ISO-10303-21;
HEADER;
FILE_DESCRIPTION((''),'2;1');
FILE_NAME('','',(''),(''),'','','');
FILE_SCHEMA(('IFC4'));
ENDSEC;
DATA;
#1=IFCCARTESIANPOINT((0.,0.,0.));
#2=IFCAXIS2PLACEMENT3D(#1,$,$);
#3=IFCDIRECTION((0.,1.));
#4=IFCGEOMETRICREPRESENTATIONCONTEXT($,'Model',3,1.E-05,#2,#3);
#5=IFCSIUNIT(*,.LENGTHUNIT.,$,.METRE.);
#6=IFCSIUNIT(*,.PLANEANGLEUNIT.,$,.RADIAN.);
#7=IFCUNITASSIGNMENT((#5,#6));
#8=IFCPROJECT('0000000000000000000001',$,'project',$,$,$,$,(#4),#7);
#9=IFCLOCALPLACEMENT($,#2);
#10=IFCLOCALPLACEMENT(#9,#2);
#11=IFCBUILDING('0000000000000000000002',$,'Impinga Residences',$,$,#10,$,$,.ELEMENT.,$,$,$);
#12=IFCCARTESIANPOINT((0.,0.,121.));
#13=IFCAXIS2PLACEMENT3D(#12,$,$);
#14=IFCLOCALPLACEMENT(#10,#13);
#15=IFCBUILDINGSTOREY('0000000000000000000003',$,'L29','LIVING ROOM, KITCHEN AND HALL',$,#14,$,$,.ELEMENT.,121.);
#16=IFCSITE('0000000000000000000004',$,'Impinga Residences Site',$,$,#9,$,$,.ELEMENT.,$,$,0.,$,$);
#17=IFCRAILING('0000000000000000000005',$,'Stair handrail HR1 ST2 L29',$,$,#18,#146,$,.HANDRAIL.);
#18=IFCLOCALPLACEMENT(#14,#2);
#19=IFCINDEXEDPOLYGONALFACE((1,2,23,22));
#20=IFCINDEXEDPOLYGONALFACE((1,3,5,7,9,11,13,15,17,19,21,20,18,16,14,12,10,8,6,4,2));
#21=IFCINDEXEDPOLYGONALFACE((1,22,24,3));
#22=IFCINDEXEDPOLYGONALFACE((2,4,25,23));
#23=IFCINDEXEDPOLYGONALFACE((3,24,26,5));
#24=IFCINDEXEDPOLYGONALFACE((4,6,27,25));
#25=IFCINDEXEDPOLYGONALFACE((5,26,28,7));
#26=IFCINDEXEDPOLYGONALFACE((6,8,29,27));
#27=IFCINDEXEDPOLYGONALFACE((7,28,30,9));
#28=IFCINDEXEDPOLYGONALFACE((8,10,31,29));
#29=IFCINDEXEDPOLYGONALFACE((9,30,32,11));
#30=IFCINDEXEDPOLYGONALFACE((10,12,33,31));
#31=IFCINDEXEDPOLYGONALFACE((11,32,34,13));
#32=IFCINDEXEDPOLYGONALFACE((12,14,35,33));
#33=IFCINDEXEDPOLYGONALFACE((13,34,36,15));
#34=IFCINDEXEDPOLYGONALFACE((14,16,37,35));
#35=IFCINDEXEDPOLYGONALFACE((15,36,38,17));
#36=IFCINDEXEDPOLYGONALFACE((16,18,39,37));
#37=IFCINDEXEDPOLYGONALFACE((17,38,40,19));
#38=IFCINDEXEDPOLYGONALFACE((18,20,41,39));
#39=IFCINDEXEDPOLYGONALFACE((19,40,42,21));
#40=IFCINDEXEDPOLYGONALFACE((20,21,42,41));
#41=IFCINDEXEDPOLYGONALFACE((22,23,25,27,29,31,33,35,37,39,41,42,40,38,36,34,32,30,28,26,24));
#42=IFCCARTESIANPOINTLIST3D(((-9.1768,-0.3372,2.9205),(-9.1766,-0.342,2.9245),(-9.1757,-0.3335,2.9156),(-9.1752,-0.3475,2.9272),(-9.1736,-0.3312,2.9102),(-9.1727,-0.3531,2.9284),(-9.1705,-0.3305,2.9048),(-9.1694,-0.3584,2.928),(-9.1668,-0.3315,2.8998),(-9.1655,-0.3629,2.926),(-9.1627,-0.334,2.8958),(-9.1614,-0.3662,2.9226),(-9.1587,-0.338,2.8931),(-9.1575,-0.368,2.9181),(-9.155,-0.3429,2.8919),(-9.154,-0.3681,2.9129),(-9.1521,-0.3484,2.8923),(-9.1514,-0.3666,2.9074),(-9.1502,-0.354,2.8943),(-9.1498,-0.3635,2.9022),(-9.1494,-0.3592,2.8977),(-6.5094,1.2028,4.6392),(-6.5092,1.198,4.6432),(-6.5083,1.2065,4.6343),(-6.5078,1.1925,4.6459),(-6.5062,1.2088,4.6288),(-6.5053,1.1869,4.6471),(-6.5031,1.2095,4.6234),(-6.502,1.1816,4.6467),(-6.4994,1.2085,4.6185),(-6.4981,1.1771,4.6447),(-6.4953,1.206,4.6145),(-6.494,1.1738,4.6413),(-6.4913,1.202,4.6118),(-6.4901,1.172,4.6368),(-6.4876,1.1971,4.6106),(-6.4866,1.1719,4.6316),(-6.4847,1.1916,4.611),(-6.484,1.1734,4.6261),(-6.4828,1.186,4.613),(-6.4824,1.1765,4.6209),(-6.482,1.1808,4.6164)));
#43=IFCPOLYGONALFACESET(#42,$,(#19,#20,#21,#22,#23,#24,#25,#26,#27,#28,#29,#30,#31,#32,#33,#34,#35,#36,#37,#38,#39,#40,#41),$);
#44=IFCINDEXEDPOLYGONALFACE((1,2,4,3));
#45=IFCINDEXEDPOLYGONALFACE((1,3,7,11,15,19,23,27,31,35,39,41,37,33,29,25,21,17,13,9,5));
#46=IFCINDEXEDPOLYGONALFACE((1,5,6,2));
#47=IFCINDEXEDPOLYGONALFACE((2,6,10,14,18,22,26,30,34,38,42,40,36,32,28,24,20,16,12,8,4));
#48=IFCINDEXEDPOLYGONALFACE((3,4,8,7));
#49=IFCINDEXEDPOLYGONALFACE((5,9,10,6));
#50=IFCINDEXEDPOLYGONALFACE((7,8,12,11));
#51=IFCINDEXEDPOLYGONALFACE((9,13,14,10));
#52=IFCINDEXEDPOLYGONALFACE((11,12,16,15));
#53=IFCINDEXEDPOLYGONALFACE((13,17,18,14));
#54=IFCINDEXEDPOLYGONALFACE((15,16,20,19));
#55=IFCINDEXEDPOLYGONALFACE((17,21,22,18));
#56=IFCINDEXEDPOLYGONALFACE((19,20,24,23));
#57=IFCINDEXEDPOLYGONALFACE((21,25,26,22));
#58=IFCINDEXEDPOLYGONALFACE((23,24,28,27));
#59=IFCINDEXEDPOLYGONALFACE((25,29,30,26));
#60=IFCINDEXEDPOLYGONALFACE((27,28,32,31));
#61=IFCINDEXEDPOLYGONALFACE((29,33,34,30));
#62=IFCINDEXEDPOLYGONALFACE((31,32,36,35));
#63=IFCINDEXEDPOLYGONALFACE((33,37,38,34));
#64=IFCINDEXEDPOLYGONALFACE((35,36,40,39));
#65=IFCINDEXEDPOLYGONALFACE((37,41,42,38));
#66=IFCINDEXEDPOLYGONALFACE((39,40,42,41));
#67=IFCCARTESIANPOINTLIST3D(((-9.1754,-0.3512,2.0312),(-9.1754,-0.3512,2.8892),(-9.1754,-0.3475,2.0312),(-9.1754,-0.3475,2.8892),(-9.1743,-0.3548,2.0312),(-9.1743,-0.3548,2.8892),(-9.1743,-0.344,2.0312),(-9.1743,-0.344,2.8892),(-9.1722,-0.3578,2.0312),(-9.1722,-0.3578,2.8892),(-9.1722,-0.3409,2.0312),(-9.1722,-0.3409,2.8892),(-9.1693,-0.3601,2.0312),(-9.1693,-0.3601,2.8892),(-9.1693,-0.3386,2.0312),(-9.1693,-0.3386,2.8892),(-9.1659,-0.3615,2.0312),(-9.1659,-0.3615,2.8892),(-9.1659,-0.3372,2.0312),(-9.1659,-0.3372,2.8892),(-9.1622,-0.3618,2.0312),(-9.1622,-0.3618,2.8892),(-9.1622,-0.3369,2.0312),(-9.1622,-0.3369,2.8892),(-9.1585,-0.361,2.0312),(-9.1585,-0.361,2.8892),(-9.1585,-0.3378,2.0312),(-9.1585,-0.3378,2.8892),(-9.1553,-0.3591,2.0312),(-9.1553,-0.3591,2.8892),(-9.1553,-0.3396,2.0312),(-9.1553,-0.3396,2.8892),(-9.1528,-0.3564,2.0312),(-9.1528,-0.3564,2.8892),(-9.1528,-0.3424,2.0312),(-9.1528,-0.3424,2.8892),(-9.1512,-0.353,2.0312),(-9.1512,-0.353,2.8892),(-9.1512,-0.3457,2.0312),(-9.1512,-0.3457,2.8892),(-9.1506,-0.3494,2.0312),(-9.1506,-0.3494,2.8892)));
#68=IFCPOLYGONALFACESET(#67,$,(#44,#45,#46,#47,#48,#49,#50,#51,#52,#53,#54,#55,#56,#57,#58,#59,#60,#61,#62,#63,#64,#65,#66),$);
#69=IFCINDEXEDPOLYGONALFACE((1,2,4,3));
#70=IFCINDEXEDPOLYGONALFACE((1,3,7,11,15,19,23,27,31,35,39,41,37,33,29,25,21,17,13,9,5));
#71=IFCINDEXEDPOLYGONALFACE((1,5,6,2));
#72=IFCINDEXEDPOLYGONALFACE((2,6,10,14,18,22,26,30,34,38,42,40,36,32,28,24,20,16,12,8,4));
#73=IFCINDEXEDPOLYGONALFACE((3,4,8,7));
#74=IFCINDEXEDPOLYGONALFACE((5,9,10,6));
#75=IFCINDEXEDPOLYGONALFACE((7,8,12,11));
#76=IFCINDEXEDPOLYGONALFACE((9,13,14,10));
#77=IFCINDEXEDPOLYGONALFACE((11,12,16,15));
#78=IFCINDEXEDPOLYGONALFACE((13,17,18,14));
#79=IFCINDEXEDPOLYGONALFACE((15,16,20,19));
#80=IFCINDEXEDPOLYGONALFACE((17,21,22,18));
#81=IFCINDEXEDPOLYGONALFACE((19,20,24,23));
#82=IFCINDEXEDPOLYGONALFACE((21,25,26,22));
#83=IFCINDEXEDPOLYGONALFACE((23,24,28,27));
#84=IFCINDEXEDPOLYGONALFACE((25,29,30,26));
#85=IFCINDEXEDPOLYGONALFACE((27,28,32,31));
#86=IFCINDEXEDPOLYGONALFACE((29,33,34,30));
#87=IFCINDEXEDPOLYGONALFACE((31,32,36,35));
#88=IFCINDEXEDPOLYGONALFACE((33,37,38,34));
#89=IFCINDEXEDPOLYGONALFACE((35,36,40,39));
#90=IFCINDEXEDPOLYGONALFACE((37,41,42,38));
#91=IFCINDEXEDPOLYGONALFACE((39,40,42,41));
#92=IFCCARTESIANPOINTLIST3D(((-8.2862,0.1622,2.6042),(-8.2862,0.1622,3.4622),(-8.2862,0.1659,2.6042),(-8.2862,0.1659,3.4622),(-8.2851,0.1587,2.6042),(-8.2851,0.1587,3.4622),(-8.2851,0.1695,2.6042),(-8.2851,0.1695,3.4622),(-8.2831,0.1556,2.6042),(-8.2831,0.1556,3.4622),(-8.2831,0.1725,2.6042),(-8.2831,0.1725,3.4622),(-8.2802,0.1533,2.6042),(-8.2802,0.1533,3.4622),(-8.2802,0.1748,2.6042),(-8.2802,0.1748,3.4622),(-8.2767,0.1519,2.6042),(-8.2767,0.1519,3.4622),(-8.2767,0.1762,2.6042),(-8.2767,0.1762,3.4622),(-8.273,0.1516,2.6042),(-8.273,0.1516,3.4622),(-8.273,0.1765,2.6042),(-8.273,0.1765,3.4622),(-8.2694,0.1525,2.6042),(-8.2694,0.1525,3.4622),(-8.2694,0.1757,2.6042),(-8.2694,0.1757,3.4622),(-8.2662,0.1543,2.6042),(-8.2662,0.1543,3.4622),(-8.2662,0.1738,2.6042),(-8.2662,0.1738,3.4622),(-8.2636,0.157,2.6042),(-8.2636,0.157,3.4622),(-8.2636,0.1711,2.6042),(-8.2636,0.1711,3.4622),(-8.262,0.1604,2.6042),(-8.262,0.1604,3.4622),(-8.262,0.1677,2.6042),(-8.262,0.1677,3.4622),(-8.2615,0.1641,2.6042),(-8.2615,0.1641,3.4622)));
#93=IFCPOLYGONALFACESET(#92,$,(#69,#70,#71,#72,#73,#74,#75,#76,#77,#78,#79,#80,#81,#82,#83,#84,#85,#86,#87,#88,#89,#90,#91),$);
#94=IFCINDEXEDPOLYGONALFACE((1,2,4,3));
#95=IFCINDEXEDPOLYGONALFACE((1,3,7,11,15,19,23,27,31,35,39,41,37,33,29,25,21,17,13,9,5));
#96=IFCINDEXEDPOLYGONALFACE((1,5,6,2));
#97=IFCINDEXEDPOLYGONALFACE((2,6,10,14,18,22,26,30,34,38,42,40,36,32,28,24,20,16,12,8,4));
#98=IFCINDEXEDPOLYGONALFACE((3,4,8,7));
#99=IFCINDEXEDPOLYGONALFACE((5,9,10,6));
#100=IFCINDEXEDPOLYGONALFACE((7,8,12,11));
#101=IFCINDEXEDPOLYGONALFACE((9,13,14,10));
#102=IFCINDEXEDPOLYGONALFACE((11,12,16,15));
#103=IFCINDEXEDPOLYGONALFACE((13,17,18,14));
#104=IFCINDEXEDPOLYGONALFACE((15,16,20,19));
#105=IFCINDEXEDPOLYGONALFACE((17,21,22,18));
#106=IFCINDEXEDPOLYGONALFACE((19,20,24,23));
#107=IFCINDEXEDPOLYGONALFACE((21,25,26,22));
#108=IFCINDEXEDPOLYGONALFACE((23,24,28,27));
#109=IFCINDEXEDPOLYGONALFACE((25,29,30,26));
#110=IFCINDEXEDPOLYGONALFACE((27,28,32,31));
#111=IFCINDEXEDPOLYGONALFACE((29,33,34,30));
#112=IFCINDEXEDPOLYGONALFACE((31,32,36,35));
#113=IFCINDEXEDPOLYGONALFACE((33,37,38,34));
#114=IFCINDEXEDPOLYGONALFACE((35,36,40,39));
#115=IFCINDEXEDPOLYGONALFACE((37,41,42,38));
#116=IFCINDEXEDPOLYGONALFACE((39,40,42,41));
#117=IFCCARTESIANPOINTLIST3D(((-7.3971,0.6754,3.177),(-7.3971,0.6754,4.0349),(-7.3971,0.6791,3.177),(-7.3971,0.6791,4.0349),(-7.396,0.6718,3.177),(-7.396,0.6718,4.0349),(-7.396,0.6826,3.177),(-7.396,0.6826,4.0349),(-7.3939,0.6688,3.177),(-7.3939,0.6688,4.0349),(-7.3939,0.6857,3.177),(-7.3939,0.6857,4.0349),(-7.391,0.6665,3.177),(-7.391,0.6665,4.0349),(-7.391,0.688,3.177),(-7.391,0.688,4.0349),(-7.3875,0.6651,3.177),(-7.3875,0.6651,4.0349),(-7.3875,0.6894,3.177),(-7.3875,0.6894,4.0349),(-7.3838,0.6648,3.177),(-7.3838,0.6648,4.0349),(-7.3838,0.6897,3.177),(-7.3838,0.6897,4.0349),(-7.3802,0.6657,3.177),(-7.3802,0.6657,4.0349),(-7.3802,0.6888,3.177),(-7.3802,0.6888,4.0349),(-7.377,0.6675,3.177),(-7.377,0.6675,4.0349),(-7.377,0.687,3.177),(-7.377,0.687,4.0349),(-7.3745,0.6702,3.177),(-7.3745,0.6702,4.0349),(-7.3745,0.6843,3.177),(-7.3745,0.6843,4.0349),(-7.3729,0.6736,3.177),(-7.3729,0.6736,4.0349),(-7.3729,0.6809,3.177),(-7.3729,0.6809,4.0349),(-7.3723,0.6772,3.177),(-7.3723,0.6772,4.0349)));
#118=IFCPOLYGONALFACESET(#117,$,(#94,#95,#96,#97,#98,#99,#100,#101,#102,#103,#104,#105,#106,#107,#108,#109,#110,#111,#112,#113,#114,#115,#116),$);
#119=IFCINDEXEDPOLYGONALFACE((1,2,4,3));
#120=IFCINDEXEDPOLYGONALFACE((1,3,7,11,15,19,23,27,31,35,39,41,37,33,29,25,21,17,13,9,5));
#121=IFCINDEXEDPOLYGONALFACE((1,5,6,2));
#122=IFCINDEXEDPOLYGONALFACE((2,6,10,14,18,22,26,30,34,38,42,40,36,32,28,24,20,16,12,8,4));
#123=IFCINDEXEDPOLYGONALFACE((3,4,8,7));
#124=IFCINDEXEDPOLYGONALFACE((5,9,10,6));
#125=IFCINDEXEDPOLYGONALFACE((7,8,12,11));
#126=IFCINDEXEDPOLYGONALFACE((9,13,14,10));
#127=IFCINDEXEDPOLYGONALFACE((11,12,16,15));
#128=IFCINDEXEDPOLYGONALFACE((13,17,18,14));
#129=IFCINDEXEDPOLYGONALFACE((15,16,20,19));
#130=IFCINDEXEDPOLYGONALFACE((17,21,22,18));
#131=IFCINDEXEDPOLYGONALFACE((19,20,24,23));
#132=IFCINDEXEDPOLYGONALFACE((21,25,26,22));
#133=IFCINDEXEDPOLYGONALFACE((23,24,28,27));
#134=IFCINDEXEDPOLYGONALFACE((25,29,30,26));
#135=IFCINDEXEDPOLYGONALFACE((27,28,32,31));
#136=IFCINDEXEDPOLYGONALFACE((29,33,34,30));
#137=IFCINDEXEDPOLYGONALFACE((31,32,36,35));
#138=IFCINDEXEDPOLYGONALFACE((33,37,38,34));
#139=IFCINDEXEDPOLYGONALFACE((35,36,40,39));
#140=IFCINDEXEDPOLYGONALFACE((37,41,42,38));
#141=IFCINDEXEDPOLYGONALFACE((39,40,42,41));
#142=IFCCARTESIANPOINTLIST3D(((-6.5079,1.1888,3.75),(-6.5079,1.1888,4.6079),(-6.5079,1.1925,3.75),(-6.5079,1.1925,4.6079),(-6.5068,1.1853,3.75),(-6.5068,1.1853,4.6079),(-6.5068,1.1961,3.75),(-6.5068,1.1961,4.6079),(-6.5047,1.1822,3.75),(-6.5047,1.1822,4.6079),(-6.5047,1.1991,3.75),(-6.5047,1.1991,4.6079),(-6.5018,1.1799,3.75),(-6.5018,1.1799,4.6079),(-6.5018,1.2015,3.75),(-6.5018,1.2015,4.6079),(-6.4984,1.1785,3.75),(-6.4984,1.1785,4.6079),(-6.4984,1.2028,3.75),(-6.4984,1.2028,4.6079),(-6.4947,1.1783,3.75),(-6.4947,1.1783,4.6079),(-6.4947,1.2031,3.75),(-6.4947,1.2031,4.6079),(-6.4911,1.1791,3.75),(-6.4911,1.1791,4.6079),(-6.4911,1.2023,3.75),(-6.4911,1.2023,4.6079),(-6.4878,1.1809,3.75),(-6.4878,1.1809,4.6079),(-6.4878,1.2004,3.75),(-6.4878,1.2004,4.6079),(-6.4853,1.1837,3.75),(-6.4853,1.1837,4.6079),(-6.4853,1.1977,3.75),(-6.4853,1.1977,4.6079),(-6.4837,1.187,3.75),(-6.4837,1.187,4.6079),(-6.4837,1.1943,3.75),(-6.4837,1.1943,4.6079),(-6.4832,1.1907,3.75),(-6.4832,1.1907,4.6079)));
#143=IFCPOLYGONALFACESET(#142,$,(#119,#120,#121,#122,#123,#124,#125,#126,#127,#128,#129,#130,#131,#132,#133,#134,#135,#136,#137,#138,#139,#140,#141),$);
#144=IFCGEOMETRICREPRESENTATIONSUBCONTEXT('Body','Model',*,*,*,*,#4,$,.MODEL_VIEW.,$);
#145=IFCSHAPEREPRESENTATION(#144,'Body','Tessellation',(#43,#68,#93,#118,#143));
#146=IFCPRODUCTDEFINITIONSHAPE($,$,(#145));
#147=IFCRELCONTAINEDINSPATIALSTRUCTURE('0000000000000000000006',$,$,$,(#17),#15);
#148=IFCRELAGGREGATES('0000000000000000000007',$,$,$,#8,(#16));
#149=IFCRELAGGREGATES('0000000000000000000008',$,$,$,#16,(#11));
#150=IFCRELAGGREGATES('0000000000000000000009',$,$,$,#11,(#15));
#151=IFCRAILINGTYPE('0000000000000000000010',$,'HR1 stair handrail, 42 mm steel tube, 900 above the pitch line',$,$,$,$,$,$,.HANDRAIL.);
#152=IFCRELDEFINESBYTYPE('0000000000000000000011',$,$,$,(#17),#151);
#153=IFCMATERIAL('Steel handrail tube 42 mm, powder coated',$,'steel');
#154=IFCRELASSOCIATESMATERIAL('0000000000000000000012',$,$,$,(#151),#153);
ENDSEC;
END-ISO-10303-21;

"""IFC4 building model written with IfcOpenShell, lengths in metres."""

from ifc_helpers import new_model, si_unit, direction, frame, origin, origin_2d, place, context, subcontext, project, spatial, circle, extrude, material, type_object, element, save


model = new_model("IFC4")

# Units and contexts
model_context = context("Model", 3, precision=1e-05, world=origin(), true_north=direction((0.0, 1.0)))
body_context = subcontext(model_context, "Body", "Model", "MODEL_VIEW")
ifc_project = project(units=[si_unit("LENGTHUNIT", "METRE"), si_unit("PLANEANGLEUNIT", "RADIAN")], contexts=[model_context])

# Site, building, storey
site_placement = place(None, origin())
site = spatial("IfcSite", under=ifc_project, at=site_placement, Name="Impinga Residences Site", CompositionType="ELEMENT", RefElevation=0.0)
building_placement = place(site_placement, origin())
building = spatial("IfcBuilding", under=site, at=building_placement, Name="Impinga Residences", CompositionType="ELEMENT")
storey_placement = place(building_placement, frame((0.0, 0.0, 121.0)))
storey = spatial("IfcBuildingStorey", under=building, at=storey_placement, Name="L29", Description="LIVING ROOM, KITCHEN AND HALL", CompositionType="ELEMENT", Elevation=121.0)

# Railing
ifc_material_1 = material(Name="Steel handrail tube 42 mm, powder coated", Category="steel")
railing_type_1 = type_object("IfcRailingType", Name="HR1 stair handrail, 42 mm steel tube, 900 above the pitch line", PredefinedType="HANDRAIL", material=ifc_material_1)
railing_1_placement = place(storey_placement, frame((-9.1631, -0.3494, 2.0312)))
element("IfcRailing", 1, at=railing_1_placement, inside=storey, type_object=railing_type_1, Name="Stair handrail HR1 ST2 L29", PredefinedType="HANDRAIL", context=body_context, shape_type="SweptSolid", body=[
    extrude(circle(Radius=0.021, at=origin_2d()), frame((0.0, 0.0, 0.8789), z_axis=(0.756256, 0.436616, 0.487282), x_axis=(-0.499992, 0.86603, 0.0)), (0.0, 0.0, 1.0), 3.5271),
    extrude(circle(Radius=0.0125, at=origin_2d()), origin(), (0.0, 0.0, 1.0), 0.8579),
    extrude(circle(Radius=0.0125, at=origin_2d()), frame((0.8892, 0.5134, 0.573)), (0.0, 0.0, 1.0), 0.8579),
    extrude(circle(Radius=0.0125, at=origin_2d()), frame((1.7783, 1.0266, 1.1458)), (0.0, 0.0, 1.0), 0.8579),
    extrude(circle(Radius=0.0125, at=origin_2d()), frame((2.6675, 1.54, 1.7188)), (0.0, 0.0, 1.0), 0.8579),
])

save(model, "model.ifc")
